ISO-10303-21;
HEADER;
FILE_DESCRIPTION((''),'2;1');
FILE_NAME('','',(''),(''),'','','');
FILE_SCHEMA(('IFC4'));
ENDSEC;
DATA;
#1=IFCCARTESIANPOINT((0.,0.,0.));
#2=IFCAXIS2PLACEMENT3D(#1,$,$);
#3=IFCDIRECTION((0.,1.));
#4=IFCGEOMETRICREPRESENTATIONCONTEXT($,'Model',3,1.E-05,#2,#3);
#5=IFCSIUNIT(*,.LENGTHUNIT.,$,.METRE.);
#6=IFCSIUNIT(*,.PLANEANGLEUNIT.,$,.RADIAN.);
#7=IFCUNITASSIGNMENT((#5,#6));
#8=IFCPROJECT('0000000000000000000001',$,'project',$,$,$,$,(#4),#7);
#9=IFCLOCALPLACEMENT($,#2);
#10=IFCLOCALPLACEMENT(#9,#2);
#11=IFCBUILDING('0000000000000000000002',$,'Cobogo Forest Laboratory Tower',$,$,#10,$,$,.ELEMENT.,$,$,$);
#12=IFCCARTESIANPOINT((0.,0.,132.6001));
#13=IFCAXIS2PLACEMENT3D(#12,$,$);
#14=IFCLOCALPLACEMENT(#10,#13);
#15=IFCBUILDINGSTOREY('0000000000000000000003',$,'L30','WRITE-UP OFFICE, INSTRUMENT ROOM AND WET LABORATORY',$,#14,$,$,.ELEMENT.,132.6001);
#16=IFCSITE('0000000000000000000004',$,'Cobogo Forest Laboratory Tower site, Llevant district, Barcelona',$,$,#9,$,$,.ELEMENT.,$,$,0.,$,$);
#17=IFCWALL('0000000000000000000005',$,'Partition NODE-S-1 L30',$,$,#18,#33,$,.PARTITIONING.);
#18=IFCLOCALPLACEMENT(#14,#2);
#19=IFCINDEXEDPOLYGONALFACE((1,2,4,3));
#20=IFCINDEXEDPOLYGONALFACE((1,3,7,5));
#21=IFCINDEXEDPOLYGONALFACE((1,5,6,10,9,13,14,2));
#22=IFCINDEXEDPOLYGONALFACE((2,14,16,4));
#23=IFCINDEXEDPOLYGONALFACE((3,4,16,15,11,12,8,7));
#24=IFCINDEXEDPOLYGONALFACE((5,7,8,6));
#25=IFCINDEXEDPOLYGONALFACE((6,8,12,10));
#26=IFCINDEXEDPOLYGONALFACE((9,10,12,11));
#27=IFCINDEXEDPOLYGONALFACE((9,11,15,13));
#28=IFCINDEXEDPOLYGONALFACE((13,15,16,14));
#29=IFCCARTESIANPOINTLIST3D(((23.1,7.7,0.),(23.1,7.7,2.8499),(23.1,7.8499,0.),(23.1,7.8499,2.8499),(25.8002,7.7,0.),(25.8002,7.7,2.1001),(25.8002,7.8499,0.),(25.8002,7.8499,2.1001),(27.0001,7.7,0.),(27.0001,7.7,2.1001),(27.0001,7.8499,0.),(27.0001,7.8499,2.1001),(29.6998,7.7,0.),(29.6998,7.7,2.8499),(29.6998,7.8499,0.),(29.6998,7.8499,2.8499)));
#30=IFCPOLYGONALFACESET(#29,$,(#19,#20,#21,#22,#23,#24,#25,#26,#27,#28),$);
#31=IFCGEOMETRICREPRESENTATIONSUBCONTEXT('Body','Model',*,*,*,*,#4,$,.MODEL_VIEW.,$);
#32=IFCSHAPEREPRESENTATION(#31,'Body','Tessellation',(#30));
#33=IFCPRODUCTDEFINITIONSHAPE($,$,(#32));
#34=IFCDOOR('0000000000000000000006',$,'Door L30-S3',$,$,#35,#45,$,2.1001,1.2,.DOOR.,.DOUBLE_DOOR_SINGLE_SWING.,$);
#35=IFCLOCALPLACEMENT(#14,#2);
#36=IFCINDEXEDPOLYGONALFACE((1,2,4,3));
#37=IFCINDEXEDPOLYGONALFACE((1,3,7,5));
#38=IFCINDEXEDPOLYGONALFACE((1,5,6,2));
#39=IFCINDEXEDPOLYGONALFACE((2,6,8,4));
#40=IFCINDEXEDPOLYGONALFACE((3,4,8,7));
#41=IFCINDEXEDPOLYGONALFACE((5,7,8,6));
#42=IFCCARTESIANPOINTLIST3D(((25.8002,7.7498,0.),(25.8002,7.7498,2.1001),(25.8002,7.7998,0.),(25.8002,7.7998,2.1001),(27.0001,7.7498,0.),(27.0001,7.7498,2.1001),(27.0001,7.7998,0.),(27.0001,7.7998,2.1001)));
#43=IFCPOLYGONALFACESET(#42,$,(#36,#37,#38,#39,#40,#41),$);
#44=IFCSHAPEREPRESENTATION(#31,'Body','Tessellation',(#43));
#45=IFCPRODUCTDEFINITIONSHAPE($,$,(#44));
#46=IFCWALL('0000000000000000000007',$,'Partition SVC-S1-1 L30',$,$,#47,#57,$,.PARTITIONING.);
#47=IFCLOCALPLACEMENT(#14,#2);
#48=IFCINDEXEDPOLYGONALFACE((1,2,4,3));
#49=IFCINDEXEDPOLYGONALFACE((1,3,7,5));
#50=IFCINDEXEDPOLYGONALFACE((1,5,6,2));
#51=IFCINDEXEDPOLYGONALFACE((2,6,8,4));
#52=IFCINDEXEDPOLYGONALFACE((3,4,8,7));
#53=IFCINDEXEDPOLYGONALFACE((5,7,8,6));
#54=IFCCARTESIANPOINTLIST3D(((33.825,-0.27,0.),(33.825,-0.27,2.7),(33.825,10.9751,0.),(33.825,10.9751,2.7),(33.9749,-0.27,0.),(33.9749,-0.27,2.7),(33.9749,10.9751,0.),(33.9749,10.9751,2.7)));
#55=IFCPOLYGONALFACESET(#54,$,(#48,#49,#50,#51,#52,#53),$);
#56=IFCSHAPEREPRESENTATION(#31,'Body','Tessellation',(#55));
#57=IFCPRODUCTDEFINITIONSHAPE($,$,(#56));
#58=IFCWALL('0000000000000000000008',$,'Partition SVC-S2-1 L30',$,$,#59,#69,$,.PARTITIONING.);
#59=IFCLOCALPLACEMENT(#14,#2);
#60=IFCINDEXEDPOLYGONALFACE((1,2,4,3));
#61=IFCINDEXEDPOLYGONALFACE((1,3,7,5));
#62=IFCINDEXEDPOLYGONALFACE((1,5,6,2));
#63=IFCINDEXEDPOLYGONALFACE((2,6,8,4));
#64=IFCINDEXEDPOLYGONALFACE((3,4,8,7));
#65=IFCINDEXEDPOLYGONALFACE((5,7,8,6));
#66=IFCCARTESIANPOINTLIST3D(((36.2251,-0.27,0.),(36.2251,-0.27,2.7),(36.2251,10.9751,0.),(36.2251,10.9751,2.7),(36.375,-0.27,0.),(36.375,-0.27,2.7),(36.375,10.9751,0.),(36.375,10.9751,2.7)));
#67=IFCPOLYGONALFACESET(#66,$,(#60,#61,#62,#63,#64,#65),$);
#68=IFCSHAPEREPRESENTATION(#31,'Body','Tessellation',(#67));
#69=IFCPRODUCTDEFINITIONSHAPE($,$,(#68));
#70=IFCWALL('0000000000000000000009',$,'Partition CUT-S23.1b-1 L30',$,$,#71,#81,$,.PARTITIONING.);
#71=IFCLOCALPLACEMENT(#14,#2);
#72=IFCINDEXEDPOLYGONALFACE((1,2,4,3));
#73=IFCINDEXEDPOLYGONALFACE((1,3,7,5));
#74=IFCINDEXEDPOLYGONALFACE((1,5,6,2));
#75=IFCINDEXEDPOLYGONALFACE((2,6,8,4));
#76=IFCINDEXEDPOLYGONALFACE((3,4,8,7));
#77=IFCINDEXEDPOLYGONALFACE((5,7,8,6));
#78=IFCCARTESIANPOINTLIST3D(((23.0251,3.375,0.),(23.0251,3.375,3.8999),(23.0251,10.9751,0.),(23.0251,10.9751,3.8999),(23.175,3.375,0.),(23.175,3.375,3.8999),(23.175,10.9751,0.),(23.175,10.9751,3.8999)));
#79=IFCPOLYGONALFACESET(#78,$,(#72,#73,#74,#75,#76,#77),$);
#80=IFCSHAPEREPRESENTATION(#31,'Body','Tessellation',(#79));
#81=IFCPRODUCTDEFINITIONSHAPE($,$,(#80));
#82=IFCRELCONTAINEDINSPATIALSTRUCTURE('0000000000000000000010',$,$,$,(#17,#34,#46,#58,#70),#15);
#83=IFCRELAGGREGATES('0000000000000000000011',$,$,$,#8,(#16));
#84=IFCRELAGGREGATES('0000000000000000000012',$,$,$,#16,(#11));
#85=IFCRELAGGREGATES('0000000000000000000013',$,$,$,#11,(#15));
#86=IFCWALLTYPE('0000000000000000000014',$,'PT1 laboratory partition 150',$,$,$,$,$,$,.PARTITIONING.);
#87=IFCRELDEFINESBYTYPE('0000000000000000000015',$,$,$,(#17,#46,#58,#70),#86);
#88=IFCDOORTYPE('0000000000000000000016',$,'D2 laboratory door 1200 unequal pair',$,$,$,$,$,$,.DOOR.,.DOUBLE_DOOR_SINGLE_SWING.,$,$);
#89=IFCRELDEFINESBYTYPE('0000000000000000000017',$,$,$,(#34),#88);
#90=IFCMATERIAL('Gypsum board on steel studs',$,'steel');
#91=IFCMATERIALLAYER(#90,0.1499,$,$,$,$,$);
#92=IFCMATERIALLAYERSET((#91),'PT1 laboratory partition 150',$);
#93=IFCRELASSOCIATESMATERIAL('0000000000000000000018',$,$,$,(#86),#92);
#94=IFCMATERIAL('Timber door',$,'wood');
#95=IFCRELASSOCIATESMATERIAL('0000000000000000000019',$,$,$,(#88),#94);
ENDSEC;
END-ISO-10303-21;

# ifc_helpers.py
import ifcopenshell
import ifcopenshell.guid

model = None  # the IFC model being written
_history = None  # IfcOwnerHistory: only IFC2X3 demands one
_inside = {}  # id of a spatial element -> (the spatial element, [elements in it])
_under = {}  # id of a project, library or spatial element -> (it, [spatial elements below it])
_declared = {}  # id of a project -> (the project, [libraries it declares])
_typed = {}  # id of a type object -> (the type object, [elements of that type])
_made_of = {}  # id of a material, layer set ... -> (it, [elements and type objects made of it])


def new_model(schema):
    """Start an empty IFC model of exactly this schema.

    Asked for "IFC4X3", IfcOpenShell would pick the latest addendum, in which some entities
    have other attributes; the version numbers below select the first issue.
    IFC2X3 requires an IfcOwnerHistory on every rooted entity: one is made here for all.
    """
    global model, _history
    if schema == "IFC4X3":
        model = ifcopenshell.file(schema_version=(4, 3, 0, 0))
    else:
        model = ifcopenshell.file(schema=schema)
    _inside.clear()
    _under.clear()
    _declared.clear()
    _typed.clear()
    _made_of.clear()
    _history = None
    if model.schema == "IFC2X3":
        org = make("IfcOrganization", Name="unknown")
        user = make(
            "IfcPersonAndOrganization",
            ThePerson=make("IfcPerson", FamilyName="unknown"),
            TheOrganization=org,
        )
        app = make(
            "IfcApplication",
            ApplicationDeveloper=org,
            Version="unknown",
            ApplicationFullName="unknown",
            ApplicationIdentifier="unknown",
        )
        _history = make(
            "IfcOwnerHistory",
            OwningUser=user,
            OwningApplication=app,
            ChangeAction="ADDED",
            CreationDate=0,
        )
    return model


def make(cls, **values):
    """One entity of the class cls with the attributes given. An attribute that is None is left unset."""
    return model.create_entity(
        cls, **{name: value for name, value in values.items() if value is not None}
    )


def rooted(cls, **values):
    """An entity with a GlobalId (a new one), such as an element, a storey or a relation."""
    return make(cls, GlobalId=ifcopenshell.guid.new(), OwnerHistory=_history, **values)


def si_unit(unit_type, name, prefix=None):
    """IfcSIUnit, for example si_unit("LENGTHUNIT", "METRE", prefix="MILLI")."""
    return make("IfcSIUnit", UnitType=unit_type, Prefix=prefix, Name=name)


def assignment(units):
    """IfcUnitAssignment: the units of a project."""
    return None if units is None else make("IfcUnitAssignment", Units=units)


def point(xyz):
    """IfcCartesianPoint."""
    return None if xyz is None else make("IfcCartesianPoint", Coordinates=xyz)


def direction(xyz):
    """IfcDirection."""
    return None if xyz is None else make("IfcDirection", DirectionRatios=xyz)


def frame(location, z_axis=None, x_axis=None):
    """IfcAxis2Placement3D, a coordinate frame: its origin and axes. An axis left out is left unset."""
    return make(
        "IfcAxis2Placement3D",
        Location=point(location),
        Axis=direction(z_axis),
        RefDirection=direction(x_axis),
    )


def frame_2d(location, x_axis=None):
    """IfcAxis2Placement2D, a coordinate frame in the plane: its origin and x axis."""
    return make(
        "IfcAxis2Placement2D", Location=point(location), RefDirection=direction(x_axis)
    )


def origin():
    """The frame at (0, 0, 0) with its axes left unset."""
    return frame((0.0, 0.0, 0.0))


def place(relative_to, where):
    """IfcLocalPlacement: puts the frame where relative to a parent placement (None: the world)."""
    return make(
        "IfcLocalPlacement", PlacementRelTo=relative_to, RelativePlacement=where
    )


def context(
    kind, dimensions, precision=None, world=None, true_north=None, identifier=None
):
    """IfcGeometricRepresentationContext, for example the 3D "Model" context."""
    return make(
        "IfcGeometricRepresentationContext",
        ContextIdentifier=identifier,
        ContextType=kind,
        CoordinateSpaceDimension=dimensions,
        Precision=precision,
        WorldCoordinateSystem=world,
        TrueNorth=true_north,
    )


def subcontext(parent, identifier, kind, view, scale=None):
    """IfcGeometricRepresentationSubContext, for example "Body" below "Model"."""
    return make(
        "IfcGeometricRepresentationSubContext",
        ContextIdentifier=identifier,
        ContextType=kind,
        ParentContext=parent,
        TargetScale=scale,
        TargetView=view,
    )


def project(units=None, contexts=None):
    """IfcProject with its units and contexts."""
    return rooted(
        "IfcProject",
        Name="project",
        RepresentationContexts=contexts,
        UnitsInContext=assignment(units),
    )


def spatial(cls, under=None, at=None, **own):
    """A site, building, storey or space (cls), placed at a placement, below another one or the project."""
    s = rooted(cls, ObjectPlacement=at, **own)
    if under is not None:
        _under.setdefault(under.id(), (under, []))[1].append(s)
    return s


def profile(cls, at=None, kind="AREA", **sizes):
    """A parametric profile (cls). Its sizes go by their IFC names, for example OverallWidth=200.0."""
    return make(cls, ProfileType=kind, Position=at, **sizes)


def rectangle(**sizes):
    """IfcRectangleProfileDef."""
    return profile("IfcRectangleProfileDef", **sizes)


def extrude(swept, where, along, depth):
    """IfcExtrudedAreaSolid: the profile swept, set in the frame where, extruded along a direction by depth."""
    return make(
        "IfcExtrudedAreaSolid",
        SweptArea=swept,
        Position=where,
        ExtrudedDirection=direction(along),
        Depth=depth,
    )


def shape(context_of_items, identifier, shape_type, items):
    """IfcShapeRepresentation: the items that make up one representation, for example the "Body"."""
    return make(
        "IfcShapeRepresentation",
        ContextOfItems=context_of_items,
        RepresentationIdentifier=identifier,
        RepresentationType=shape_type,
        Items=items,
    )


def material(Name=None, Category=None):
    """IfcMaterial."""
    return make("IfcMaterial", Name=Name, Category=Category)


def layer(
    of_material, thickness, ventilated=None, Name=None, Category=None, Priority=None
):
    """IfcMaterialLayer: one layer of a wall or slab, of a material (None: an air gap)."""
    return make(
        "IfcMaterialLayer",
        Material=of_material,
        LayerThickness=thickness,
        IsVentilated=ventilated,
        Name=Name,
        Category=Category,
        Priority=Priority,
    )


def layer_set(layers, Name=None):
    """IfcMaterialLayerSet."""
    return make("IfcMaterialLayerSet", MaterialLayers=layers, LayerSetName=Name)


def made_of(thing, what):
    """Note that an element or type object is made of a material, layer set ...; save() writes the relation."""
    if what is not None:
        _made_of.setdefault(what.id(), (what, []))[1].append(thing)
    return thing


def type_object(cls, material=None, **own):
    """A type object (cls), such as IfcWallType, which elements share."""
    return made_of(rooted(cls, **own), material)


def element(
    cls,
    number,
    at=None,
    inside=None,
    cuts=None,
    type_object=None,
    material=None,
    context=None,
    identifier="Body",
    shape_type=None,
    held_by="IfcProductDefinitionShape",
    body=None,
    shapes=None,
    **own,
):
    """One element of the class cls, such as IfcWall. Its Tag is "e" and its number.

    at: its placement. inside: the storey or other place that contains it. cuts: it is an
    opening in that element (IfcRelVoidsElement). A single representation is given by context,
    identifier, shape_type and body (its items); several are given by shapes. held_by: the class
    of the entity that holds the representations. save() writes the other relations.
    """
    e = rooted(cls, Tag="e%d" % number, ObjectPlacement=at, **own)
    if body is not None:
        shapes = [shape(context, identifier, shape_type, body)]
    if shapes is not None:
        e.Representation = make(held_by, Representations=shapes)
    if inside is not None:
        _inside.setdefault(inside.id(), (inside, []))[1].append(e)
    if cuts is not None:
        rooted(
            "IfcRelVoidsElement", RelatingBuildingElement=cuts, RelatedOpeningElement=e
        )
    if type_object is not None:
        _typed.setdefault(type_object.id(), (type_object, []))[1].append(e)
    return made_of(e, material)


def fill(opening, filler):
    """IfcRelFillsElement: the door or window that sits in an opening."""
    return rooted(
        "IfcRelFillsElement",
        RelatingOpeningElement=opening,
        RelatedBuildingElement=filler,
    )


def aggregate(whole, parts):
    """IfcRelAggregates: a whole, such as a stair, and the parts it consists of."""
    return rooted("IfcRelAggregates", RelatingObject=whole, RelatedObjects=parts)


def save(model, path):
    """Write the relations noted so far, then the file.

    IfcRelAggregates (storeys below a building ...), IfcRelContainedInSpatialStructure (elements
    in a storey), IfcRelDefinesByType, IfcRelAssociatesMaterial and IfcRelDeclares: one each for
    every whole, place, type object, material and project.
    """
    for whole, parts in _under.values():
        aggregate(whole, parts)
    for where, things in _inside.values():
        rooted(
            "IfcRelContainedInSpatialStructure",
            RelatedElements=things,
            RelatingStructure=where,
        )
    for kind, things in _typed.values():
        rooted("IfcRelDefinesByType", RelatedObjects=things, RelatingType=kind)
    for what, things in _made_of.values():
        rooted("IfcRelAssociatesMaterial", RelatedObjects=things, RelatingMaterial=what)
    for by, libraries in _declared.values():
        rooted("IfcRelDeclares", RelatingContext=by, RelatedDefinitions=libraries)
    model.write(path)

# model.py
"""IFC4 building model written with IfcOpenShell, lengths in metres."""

from ifc_helpers import new_model, si_unit, direction, frame, frame_2d, origin, place, context, subcontext, project, spatial, rectangle, extrude, material, layer, layer_set, type_object, element, fill, save


model = new_model("IFC4")

# Units and contexts
model_context = context("Model", 3, precision=1e-05, world=origin(), true_north=direction((0.0, 1.0)))
body_context = subcontext(model_context, "Body", "Model", "MODEL_VIEW")
ifc_project = project(units=[si_unit("LENGTHUNIT", "METRE"), si_unit("PLANEANGLEUNIT", "RADIAN")], contexts=[model_context])

# Site, building, storey
site_placement = place(None, origin())
site = spatial("IfcSite", under=ifc_project, at=site_placement, Name="Cobogo Forest Laboratory Tower site, Llevant district, Barcelona", CompositionType="ELEMENT", RefElevation=0.0)
building_placement = place(site_placement, origin())
building = spatial("IfcBuilding", under=site, at=building_placement, Name="Cobogo Forest Laboratory Tower", CompositionType="ELEMENT")
storey_placement = place(building_placement, frame((0.0, 0.0, 132.6001)))
storey = spatial("IfcBuildingStorey", under=building, at=storey_placement, Name="L30", Description="WRITE-UP OFFICE, INSTRUMENT ROOM AND WET LABORATORY", CompositionType="ELEMENT", Elevation=132.6001)

# Shared definitions
ifc_material_1 = material(Name="Gypsum board on steel studs", Category="steel")
ifc_layer = layer(ifc_material_1, 0.1499)
ifc_layer_set = layer_set([ifc_layer], Name="PT1 laboratory partition 150")
wall_type = type_object("IfcWallType", Name="PT1 laboratory partition 150", PredefinedType="PARTITIONING", material=ifc_layer_set)

# Wall, opening, door
wall_1_placement = place(storey_placement, frame((23.1001, 7.7749, 0.0), z_axis=(0.0, 0.0, 1.0), x_axis=(1.0, 0.0, 0.0)))
wall_1 = element("IfcWall", 1, at=wall_1_placement, inside=storey, type_object=wall_type, Name="Partition NODE-S-1 L30", PredefinedType="PARTITIONING", context=body_context, shape_type="SweptSolid", body=[
    extrude(rectangle(XDim=6.5999, YDim=0.1499, at=frame_2d((3.2998, 0.0))), origin(), (0.0, 0.0, 1.0), 2.8499),
])
opening_1_placement = place(wall_1_placement, frame((2.7, 0.0, 0.0)))
opening_1 = element("IfcOpeningElement", 2, at=opening_1_placement, cuts=wall_1, PredefinedType="OPENING", context=body_context, shape_type="SweptSolid", body=[
    extrude(rectangle(XDim=1.2, YDim=2.1001, at=frame_2d((0.6001, 1.05))), frame((0.0, 0.085, 0.0), z_axis=(0.0, -1.0, 0.0), x_axis=(1.0, 0.0, 0.0)), (0.0, 0.0, 1.0), 0.1699),
])
ifc_material_2 = material(Name="Timber door", Category="wood")
door_type_1 = type_object("IfcDoorType", Name="D2 laboratory door 1200 unequal pair", OperationType="DOUBLE_DOOR_SINGLE_SWING", PredefinedType="DOOR", material=ifc_material_2)
door_1_placement = place(opening_1_placement, origin())
door_1 = element("IfcDoor", 3, at=door_1_placement, inside=storey, type_object=door_type_1, Name="Door L30-S3", OperationType="DOUBLE_DOOR_SINGLE_SWING", OverallHeight=2.1001, OverallWidth=1.2, PredefinedType="DOOR", context=body_context, shape_type="SweptSolid", body=[
    extrude(rectangle(XDim=1.2, YDim=2.1001, at=frame_2d((0.6001, 1.05))), frame((0.0, 0.0249, 0.0), z_axis=(0.0, -1.0, 0.0), x_axis=(1.0, 0.0, 0.0)), (0.0, 0.0, 1.0), 0.05),
])
fill(opening_1, door_1)

# Walls
for number, where, z_axis, x_axis, name in (
    (4, (33.8999, -0.27, 0.0), (0.0, 0.0, 1.0), (0.0, 1.0, 0.0), "Partition SVC-S1-1 L30"),
    (5, (36.3, -0.27, 0.0), (0.0, 0.0, 1.0), (0.0, 1.0, 0.0), "Partition SVC-S2-1 L30"),
):
    element("IfcWall", number, at=place(storey_placement, frame(where, z_axis=z_axis, x_axis=x_axis)), inside=storey, type_object=wall_type, Name=name, PredefinedType="PARTITIONING", context=body_context, shape_type="SweptSolid", body=[
        extrude(rectangle(XDim=11.2451, YDim=0.1499, at=frame_2d((5.6226, 0.0))), origin(), (0.0, 0.0, 1.0), 2.7),
    ])
wall_2_placement = place(storey_placement, frame((23.1001, 3.375, 0.0), z_axis=(0.0, 0.0, 1.0), x_axis=(0.0, 1.0, 0.0)))
element("IfcWall", 6, at=wall_2_placement, inside=storey, type_object=wall_type, Name="Partition CUT-S23.1b-1 L30", PredefinedType="PARTITIONING", context=body_context, shape_type="SweptSolid", body=[
    extrude(rectangle(XDim=7.6001, YDim=0.1499, at=frame_2d((3.8, 0.0))), origin(), (0.0, 0.0, 1.0), 3.8999),
])

save(model, "model.ifc")
